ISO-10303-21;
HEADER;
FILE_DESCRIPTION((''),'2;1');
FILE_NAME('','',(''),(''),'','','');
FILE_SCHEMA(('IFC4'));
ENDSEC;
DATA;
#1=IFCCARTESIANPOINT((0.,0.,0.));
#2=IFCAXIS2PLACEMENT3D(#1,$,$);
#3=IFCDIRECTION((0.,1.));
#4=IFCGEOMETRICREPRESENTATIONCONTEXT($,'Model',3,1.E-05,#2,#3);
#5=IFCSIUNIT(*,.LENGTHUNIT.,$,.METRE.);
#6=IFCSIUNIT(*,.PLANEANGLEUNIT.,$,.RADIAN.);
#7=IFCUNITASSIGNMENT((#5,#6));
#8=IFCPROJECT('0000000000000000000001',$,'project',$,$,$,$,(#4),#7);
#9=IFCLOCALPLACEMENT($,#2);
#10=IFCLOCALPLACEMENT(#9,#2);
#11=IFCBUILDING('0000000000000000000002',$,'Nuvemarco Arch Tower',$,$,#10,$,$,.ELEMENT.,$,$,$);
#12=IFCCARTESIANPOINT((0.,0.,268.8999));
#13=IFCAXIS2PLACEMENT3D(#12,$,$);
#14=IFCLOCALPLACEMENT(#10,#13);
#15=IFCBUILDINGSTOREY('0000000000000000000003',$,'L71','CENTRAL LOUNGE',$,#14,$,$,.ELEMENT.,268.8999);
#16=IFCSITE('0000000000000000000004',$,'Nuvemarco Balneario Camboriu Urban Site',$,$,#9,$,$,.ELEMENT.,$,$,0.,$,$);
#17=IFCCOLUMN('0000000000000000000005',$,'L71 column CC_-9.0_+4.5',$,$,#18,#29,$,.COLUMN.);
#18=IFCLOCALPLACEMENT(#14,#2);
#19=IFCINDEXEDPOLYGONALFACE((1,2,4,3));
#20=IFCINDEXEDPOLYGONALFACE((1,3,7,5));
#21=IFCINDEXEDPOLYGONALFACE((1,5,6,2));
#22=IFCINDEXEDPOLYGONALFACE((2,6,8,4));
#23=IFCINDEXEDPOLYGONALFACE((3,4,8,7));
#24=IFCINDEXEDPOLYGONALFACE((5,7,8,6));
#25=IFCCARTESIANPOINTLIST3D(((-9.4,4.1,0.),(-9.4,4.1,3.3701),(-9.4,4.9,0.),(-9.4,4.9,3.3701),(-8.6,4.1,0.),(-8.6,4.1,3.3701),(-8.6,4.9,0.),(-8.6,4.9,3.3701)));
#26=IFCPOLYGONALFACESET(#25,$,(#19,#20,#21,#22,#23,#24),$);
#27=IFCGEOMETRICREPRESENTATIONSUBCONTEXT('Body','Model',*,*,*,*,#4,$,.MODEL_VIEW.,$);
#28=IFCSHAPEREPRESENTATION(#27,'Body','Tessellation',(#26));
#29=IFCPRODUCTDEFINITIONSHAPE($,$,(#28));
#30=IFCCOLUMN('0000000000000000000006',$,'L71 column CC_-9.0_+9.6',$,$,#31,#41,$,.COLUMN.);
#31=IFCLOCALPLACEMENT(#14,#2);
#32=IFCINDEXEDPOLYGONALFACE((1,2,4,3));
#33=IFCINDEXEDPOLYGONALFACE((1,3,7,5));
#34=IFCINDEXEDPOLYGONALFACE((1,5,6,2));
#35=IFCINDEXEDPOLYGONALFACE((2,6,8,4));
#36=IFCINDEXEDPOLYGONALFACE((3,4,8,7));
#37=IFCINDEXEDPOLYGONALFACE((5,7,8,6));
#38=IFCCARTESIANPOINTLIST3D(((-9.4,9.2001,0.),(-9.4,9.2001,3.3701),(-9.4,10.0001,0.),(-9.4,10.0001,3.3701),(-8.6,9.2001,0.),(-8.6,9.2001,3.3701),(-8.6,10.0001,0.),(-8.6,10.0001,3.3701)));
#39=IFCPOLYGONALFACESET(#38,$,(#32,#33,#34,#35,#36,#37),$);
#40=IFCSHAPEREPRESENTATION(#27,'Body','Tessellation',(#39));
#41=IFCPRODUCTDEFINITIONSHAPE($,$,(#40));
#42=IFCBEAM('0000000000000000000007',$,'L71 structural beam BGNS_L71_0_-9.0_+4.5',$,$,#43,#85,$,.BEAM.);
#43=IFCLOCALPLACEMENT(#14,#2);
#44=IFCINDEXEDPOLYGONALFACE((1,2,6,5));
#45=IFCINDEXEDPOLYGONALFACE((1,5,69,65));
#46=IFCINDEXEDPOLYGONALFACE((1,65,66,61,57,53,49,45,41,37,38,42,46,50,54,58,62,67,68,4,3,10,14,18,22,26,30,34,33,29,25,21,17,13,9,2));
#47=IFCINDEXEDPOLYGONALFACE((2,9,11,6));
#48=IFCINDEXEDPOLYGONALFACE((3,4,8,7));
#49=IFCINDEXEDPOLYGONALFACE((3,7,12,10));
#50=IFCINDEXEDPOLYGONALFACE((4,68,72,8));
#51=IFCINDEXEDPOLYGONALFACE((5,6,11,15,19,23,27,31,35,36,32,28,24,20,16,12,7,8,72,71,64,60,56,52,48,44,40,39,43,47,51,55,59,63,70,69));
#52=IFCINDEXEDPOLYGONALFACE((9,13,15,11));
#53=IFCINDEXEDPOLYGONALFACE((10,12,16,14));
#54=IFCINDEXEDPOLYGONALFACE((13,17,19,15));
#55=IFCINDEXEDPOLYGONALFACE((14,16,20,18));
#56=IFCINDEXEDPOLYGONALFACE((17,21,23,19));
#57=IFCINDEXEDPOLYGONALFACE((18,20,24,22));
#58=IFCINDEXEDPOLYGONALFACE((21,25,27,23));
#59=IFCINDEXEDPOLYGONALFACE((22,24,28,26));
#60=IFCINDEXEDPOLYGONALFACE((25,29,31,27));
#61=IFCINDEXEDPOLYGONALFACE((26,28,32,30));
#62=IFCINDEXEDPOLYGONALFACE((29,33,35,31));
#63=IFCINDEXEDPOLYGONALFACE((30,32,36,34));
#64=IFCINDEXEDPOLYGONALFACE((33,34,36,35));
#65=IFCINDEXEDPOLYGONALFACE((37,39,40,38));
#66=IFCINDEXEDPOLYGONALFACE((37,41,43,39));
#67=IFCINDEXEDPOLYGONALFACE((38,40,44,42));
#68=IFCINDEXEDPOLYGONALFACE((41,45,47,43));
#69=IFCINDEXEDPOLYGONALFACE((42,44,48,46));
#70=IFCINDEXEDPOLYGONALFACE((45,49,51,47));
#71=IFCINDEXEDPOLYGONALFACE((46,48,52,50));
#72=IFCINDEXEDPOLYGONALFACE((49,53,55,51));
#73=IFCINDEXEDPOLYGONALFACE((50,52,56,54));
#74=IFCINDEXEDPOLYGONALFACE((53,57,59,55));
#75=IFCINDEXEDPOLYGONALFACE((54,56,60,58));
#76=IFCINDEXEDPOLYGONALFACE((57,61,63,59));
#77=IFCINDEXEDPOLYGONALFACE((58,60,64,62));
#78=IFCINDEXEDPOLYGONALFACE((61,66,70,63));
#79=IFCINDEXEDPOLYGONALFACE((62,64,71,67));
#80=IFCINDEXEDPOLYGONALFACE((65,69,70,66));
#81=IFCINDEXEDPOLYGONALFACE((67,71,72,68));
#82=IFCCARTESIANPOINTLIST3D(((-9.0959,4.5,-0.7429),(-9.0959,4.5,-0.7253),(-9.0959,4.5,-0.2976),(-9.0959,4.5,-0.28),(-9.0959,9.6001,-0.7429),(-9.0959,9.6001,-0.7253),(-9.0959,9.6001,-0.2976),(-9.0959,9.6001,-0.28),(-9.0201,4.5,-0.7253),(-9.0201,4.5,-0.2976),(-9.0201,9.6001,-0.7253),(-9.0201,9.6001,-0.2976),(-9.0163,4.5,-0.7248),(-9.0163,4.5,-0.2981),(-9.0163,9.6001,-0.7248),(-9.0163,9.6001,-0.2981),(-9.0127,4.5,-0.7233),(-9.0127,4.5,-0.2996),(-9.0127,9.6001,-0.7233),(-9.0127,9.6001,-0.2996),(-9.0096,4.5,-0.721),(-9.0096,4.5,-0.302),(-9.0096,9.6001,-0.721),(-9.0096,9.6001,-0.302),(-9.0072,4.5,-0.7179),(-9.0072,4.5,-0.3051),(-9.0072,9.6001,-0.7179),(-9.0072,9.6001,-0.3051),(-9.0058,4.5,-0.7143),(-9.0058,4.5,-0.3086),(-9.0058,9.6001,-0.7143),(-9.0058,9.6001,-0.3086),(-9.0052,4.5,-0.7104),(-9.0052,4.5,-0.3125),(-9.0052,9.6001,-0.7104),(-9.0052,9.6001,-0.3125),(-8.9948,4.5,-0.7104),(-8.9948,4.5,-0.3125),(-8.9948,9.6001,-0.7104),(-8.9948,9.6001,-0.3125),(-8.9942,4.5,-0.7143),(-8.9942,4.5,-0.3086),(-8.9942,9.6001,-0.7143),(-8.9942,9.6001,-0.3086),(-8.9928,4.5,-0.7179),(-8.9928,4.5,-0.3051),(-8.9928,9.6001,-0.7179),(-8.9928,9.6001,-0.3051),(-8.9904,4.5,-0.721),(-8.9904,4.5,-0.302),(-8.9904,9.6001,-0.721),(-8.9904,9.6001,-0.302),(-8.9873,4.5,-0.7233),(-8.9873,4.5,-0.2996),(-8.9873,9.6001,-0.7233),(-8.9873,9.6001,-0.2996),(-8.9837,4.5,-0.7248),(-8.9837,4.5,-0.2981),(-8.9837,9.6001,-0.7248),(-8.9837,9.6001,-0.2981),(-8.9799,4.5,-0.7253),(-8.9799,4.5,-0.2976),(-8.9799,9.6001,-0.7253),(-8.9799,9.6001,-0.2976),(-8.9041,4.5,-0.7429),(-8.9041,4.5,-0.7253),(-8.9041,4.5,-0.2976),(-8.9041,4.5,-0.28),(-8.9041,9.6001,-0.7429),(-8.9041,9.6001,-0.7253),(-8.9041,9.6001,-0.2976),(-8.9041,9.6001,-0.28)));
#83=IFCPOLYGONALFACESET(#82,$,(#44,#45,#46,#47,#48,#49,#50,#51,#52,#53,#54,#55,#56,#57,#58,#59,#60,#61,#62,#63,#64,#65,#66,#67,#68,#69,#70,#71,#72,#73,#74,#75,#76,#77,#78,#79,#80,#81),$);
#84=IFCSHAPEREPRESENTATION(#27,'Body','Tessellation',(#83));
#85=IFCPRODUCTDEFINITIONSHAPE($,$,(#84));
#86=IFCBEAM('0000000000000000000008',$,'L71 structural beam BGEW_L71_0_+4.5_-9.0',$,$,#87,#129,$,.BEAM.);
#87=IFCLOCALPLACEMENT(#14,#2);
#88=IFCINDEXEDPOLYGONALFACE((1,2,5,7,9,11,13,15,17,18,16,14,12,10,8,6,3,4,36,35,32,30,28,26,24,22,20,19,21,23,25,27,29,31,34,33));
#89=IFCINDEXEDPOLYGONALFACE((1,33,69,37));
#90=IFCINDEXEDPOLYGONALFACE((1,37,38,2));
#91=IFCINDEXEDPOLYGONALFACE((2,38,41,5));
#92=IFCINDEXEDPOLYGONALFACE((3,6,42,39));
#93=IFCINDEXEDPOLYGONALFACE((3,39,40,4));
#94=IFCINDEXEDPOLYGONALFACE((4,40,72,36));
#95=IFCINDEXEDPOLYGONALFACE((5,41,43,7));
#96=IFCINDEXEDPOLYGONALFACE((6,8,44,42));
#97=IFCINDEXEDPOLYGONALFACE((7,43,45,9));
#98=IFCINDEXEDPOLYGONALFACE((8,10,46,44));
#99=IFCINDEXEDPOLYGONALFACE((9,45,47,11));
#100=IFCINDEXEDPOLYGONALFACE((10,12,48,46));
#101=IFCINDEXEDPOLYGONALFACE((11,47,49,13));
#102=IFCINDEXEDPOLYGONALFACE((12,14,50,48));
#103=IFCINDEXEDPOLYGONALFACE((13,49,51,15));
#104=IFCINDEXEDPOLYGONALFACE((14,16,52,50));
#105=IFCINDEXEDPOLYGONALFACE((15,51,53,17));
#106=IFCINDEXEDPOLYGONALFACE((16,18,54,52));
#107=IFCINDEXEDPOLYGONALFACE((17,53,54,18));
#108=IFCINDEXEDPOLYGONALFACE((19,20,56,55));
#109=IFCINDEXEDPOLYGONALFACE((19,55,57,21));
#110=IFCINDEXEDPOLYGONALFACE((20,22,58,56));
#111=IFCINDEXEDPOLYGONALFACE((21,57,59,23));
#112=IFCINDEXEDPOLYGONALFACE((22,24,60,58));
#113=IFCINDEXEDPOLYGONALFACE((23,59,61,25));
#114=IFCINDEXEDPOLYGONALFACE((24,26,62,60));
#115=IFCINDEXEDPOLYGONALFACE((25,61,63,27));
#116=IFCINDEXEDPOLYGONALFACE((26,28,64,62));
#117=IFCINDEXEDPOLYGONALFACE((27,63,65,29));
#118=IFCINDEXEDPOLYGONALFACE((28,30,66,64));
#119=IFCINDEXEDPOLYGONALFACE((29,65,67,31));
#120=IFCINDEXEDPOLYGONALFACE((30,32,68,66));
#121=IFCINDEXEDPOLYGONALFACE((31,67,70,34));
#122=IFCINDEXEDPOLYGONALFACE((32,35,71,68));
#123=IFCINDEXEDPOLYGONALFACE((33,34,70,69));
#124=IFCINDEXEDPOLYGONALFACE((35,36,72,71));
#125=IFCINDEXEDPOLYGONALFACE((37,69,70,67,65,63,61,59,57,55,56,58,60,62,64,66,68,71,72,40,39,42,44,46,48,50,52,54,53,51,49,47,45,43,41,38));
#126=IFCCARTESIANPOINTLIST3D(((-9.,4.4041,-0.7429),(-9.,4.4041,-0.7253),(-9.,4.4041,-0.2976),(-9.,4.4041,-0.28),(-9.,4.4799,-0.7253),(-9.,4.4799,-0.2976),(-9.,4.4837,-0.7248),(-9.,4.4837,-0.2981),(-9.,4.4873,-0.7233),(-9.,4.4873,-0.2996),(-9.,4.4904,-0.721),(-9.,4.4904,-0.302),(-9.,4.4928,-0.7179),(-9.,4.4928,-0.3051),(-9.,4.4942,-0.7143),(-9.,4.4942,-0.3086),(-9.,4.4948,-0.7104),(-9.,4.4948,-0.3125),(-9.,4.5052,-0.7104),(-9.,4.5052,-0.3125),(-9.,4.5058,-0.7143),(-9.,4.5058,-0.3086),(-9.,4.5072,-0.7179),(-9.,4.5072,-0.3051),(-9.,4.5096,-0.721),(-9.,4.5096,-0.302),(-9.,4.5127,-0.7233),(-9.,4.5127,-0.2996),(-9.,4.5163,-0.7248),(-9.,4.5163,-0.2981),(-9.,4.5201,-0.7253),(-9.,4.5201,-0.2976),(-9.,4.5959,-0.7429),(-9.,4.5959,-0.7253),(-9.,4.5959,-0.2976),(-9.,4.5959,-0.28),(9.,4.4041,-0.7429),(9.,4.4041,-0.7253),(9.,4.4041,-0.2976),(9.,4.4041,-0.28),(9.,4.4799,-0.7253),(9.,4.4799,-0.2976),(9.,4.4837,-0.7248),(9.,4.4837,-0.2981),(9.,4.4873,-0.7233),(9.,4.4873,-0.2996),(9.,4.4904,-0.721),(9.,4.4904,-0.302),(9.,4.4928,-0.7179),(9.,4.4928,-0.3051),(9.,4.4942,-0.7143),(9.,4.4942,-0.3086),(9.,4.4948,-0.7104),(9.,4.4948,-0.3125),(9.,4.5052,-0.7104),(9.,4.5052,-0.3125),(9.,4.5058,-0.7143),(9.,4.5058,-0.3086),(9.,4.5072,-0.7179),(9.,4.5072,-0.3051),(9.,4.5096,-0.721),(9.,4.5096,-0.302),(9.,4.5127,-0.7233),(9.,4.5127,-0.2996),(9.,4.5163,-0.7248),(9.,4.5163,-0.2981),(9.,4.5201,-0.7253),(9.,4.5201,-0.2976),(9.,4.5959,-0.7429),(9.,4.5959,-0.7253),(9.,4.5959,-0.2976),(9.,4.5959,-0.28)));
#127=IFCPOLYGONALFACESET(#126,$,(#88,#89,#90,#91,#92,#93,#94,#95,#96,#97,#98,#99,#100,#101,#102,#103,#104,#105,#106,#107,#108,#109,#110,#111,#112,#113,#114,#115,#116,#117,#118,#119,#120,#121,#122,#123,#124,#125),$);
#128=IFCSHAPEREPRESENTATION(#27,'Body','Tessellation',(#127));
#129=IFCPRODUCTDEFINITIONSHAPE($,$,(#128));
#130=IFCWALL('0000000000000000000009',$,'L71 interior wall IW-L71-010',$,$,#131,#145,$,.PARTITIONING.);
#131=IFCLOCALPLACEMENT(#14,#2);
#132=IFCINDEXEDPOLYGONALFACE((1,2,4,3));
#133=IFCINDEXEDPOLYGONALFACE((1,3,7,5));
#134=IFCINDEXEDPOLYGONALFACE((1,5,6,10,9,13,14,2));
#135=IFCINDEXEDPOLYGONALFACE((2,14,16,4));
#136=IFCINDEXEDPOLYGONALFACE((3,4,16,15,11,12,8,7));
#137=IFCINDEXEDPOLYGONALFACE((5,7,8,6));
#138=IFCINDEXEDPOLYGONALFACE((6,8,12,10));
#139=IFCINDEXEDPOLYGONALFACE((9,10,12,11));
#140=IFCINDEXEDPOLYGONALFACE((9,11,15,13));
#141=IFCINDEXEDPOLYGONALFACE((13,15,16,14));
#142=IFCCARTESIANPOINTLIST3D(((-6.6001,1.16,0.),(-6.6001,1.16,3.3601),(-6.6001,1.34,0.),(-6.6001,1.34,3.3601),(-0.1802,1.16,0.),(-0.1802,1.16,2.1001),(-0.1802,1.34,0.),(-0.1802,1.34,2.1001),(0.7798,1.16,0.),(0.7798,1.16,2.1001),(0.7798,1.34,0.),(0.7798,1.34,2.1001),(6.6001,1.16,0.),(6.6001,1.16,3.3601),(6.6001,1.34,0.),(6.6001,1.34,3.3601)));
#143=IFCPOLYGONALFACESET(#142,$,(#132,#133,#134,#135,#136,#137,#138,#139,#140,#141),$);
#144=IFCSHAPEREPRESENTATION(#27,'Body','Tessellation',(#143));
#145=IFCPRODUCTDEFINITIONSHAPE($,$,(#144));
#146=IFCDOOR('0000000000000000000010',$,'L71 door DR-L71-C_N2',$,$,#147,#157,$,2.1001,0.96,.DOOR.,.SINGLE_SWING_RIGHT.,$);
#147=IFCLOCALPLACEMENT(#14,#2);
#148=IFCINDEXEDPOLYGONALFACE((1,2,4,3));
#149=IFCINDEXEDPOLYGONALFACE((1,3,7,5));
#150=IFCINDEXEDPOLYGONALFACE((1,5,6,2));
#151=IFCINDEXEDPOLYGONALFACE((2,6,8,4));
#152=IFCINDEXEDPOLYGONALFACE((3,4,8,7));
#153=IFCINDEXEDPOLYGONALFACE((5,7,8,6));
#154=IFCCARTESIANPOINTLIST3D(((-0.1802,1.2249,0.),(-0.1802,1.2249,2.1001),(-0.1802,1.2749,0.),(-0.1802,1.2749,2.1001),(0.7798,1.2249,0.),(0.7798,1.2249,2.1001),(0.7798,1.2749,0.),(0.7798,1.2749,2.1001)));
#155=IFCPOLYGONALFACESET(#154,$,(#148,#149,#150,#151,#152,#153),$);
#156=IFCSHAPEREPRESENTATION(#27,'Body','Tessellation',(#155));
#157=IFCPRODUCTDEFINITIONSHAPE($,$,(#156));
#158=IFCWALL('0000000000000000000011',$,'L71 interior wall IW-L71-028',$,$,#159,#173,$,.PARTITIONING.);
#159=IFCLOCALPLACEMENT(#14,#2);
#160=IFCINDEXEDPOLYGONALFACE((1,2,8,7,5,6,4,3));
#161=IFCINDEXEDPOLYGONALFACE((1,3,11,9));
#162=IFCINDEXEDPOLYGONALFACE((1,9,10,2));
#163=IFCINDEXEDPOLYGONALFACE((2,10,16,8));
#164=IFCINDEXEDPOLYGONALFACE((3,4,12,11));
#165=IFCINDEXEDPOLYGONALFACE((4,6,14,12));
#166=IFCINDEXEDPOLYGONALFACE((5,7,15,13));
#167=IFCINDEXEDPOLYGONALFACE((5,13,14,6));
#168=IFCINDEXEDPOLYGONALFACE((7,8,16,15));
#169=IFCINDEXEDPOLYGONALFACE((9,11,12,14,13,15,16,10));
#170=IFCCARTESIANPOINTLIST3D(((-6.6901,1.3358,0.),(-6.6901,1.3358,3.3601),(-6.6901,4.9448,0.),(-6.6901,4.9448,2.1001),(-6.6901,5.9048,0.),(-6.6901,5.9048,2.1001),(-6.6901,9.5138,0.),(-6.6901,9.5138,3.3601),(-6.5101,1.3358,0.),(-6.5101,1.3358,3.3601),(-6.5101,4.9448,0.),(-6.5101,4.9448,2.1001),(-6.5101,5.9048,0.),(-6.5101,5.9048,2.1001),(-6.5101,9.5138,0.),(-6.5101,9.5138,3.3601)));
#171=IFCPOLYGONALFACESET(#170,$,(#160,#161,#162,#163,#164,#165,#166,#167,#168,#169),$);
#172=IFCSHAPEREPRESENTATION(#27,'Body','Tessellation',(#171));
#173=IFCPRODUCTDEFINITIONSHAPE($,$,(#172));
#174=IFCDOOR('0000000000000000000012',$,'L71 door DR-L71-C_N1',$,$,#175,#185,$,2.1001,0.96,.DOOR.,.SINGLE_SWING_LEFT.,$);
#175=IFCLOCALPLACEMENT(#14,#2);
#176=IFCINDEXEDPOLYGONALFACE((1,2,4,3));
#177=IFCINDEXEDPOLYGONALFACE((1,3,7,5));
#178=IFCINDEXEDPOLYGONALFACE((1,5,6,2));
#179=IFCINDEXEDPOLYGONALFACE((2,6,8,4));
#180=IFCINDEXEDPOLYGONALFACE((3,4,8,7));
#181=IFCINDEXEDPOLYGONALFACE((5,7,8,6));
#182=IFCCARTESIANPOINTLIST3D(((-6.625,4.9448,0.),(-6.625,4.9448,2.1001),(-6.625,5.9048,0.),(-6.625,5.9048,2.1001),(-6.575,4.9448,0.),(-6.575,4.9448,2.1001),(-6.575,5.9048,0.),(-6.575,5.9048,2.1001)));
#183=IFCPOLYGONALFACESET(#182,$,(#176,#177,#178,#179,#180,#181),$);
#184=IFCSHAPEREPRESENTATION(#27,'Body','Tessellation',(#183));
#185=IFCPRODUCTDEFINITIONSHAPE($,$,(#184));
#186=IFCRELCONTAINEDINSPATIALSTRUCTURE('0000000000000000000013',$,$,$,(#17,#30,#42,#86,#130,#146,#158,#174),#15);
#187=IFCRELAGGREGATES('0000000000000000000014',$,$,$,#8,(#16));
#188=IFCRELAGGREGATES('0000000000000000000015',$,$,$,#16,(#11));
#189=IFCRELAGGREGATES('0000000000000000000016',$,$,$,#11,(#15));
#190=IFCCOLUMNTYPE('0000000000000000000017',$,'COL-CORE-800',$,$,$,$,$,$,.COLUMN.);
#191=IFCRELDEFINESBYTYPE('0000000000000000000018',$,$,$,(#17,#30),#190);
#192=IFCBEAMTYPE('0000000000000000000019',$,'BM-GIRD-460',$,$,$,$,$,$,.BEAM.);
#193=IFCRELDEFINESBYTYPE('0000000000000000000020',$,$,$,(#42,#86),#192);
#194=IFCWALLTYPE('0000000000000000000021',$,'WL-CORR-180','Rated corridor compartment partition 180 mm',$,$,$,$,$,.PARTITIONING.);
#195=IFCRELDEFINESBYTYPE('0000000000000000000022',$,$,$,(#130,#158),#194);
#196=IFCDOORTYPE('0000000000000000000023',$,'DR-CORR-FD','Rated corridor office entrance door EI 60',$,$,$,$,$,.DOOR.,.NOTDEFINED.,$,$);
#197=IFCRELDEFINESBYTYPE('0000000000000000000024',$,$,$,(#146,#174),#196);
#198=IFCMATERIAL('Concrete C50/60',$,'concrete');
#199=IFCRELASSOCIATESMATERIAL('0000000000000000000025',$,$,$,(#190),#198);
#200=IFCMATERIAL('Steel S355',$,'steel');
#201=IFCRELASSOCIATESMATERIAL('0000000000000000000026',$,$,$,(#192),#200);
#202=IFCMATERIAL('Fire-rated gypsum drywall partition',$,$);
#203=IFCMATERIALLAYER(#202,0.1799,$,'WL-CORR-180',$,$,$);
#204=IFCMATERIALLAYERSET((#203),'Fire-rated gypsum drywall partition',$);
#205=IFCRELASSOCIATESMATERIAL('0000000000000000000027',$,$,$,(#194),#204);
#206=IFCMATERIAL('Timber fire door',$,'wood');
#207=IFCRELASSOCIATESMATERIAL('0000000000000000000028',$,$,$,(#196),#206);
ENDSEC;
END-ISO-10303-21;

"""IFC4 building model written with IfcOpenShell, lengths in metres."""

from ifc_helpers import new_model, si_unit, direction, frame, frame_2d, origin, origin_2d, place, context, subcontext, project, spatial, rectangle, i_section, extrude, source, transform, mapped, material, layer, layer_set, material_profile, profile_set, type_object, type_shapes, element, fill, save


model = new_model("IFC4")

# Units and contexts
model_context = context("Model", 3, precision=1e-05, world=origin(), true_north=direction((0.0, 1.0)))
body_context = subcontext(model_context, "Body", "Model", "MODEL_VIEW")
ifc_project = project(units=[si_unit("LENGTHUNIT", "METRE"), si_unit("PLANEANGLEUNIT", "RADIAN")], contexts=[model_context])

# Site, building, storey
site_placement = place(None, origin())
site = spatial("IfcSite", under=ifc_project, at=site_placement, Name="Nuvemarco Balneario Camboriu Urban Site", CompositionType="ELEMENT", RefElevation=0.0)
building_placement = place(site_placement, origin())
building = spatial("IfcBuilding", under=site, at=building_placement, Name="Nuvemarco Arch Tower", CompositionType="ELEMENT")
storey_placement = place(building_placement, frame((0.0, 0.0, 268.8999)))
storey = spatial("IfcBuildingStorey", under=building, at=storey_placement, Name="L71", Description="CENTRAL LOUNGE", CompositionType="ELEMENT", Elevation=268.8999)

# Columns
ifc_material_1 = material(Name="Concrete C50/60", Category="concrete")
ifc_material_profile_1 = material_profile(ifc_material_1, rectangle(XDim=0.8, YDim=0.8, at=origin_2d()), Name="RC-COL-800x800")
ifc_profile_set_1 = profile_set([ifc_material_profile_1], Name="Concrete C50/60")
column_type = type_object("IfcColumnType", Name="COL-CORE-800", PredefinedType="COLUMN", material=ifc_profile_set_1)
for number, where, z_axis, x_axis, name in (
    (1, (-9.0, 4.5, 0.0), (0.0, 0.0, 1.0), (1.0, 0.0, 0.0), "L71 column CC_-9.0_+4.5"),
    (2, (-9.0, 9.6001, 0.0), (0.0, 0.0, 1.0), (1.0, 0.0, 0.0), "L71 column CC_-9.0_+9.6"),
):
    element("IfcColumn", number, at=place(storey_placement, frame(where, z_axis=z_axis, x_axis=x_axis)), inside=storey, type_object=column_type, Name=name, PredefinedType="COLUMN", context=body_context, shape_type="SweptSolid", body=[
        extrude(rectangle(XDim=0.8, YDim=0.8, at=origin_2d()), origin(), (0.0, 0.0, 1.0), 3.3701),
    ])

# Beams
ifc_material_2 = material(Name="Steel S355", Category="steel")
ifc_material_profile_2 = material_profile(ifc_material_2, i_section(OverallWidth=0.1919, OverallDepth=0.4629, WebThickness=0.0105, FlangeThickness=0.0176, FilletRadius=0.0149, at=origin_2d()), Name="W460x89")
ifc_profile_set_2 = profile_set([ifc_material_profile_2], Name="Steel S355")
beam_type = type_object("IfcBeamType", Name="BM-GIRD-460", PredefinedType="BEAM", material=ifc_profile_set_2)
beam_1_placement = place(storey_placement, frame((-9.0, 4.5, -0.5115), z_axis=(0.0, 1.0, 0.0), x_axis=(-1.0, 0.0, 0.0)))
element("IfcBeam", 3, at=beam_1_placement, inside=storey, type_object=beam_type, Name="L71 structural beam BGNS_L71_0_-9.0_+4.5", PredefinedType="BEAM", context=body_context, shape_type="SweptSolid", body=[
    extrude(i_section(OverallWidth=0.1919, OverallDepth=0.4629, WebThickness=0.0105, FlangeThickness=0.0176, FilletRadius=0.0149, at=origin_2d()), origin(), (0.0, 0.0, 1.0), 5.1001),
])
beam_2_placement = place(storey_placement, frame((-9.0, 4.5, -0.5115), z_axis=(1.0, 0.0, 0.0), x_axis=(0.0, 1.0, 0.0)))
element("IfcBeam", 4, at=beam_2_placement, inside=storey, type_object=beam_type, Name="L71 structural beam BGEW_L71_0_+4.5_-9.0", PredefinedType="BEAM", context=body_context, shape_type="SweptSolid", body=[
    extrude(i_section(OverallWidth=0.1919, OverallDepth=0.4629, WebThickness=0.0105, FlangeThickness=0.0176, FilletRadius=0.0149, at=origin_2d()), origin(), (0.0, 0.0, 1.0), 18.0),
])

# Walls, openings, doors
ifc_material_3 = material(Name="Fire-rated gypsum drywall partition")
ifc_layer_1 = layer(ifc_material_3, 0.1799, Name="WL-CORR-180")
ifc_layer_set_1 = layer_set([ifc_layer_1], Name="Fire-rated gypsum drywall partition")
wall_type_1 = type_object("IfcWallType", Name="WL-CORR-180", Description="Rated corridor compartment partition 180 mm", PredefinedType="PARTITIONING", material=ifc_layer_set_1)
wall_1_placement = place(storey_placement, frame((-6.6001, 1.25, 0.0), z_axis=(0.0, 0.0, 1.0), x_axis=(1.0, 0.0, 0.0)))
wall_1 = element("IfcWall", 5, at=wall_1_placement, inside=storey, type_object=wall_type_1, Name="L71 interior wall IW-L71-010", PredefinedType="PARTITIONING", context=body_context, shape_type="SweptSolid", body=[
    extrude(rectangle(XDim=13.2002, YDim=0.1799, at=frame_2d((6.6001, 0.0))), origin(), (0.0, 0.0, 1.0), 3.3601),
])
opening_1_placement = place(wall_1_placement, frame((6.4199, 0.0, 0.0)))
opening_1 = element("IfcOpeningElement", 6, at=opening_1_placement, cuts=wall_1, PredefinedType="OPENING", context=body_context, shape_type="SweptSolid", body=[
    extrude(rectangle(XDim=0.96, YDim=2.1001, at=frame_2d((0.48, 1.05))), frame((0.0, 0.0999, 0.0), z_axis=(0.0, -1.0, 0.0), x_axis=(1.0, 0.0, 0.0)), (0.0, 0.0, 1.0), 0.2),
])
ifc_material_4 = material(Name="Timber fire door", Category="wood")
door_type_1 = type_object("IfcDoorType", Name="DR-CORR-FD", Description="Rated corridor office entrance door EI 60", OperationType="NOTDEFINED", PredefinedType="DOOR", material=ifc_material_4)
shared_shape_1 = source(origin(), body_context, "Body", "SweptSolid", [
    extrude(rectangle(XDim=0.96, YDim=2.1001, at=frame_2d((0.48, 1.05))), frame((0.0, 0.0249, 0.0), z_axis=(0.0, -1.0, 0.0), x_axis=(1.0, 0.0, 0.0)), (0.0, 0.0, 1.0), 0.05),
])
type_shapes(door_type_1, [shared_shape_1])
door_1_placement = place(opening_1_placement, origin())
door_1 = element("IfcDoor", 7, at=door_1_placement, inside=storey, type_object=door_type_1, Name="L71 door DR-L71-C_N2", OperationType="SINGLE_SWING_RIGHT", OverallHeight=2.1001, OverallWidth=0.96, PredefinedType="DOOR", context=body_context, shape_type="MappedRepresentation", body=[
    mapped(shared_shape_1, transform((0.0, 0.0, 0.0), scale=1.0)),
])
fill(opening_1, door_1)
wall_2_placement = place(storey_placement, frame((-6.6001, 1.3359, 0.0), z_axis=(0.0, 0.0, 1.0), x_axis=(0.0, 1.0, 0.0)))
wall_2 = element("IfcWall", 8, at=wall_2_placement, inside=storey, type_object=wall_type_1, Name="L71 interior wall IW-L71-028", PredefinedType="PARTITIONING", context=body_context, shape_type="SweptSolid", body=[
    extrude(rectangle(XDim=8.178, YDim=0.1799, at=frame_2d((4.0889, 0.0))), origin(), (0.0, 0.0, 1.0), 3.3601),
])
opening_2_placement = place(wall_2_placement, frame((3.6089, 0.0, 0.0)))
opening_2 = element("IfcOpeningElement", 9, at=opening_2_placement, cuts=wall_2, PredefinedType="OPENING", context=body_context, shape_type="SweptSolid", body=[
    extrude(rectangle(XDim=0.96, YDim=2.1001, at=frame_2d((0.48, 1.05))), frame((0.0, 0.0999, 0.0), z_axis=(0.0, -1.0, 0.0), x_axis=(1.0, 0.0, 0.0)), (0.0, 0.0, 1.0), 0.2),
])
door_2_placement = place(opening_2_placement, origin())
door_2 = element("IfcDoor", 10, at=door_2_placement, inside=storey, type_object=door_type_1, Name="L71 door DR-L71-C_N1", OperationType="SINGLE_SWING_LEFT", OverallHeight=2.1001, OverallWidth=0.96, PredefinedType="DOOR", context=body_context, shape_type="MappedRepresentation", body=[
    mapped(shared_shape_1, transform((0.0, 0.0, 0.0), scale=1.0)),
])
fill(opening_2, door_2)

save(model, "model.ifc")
